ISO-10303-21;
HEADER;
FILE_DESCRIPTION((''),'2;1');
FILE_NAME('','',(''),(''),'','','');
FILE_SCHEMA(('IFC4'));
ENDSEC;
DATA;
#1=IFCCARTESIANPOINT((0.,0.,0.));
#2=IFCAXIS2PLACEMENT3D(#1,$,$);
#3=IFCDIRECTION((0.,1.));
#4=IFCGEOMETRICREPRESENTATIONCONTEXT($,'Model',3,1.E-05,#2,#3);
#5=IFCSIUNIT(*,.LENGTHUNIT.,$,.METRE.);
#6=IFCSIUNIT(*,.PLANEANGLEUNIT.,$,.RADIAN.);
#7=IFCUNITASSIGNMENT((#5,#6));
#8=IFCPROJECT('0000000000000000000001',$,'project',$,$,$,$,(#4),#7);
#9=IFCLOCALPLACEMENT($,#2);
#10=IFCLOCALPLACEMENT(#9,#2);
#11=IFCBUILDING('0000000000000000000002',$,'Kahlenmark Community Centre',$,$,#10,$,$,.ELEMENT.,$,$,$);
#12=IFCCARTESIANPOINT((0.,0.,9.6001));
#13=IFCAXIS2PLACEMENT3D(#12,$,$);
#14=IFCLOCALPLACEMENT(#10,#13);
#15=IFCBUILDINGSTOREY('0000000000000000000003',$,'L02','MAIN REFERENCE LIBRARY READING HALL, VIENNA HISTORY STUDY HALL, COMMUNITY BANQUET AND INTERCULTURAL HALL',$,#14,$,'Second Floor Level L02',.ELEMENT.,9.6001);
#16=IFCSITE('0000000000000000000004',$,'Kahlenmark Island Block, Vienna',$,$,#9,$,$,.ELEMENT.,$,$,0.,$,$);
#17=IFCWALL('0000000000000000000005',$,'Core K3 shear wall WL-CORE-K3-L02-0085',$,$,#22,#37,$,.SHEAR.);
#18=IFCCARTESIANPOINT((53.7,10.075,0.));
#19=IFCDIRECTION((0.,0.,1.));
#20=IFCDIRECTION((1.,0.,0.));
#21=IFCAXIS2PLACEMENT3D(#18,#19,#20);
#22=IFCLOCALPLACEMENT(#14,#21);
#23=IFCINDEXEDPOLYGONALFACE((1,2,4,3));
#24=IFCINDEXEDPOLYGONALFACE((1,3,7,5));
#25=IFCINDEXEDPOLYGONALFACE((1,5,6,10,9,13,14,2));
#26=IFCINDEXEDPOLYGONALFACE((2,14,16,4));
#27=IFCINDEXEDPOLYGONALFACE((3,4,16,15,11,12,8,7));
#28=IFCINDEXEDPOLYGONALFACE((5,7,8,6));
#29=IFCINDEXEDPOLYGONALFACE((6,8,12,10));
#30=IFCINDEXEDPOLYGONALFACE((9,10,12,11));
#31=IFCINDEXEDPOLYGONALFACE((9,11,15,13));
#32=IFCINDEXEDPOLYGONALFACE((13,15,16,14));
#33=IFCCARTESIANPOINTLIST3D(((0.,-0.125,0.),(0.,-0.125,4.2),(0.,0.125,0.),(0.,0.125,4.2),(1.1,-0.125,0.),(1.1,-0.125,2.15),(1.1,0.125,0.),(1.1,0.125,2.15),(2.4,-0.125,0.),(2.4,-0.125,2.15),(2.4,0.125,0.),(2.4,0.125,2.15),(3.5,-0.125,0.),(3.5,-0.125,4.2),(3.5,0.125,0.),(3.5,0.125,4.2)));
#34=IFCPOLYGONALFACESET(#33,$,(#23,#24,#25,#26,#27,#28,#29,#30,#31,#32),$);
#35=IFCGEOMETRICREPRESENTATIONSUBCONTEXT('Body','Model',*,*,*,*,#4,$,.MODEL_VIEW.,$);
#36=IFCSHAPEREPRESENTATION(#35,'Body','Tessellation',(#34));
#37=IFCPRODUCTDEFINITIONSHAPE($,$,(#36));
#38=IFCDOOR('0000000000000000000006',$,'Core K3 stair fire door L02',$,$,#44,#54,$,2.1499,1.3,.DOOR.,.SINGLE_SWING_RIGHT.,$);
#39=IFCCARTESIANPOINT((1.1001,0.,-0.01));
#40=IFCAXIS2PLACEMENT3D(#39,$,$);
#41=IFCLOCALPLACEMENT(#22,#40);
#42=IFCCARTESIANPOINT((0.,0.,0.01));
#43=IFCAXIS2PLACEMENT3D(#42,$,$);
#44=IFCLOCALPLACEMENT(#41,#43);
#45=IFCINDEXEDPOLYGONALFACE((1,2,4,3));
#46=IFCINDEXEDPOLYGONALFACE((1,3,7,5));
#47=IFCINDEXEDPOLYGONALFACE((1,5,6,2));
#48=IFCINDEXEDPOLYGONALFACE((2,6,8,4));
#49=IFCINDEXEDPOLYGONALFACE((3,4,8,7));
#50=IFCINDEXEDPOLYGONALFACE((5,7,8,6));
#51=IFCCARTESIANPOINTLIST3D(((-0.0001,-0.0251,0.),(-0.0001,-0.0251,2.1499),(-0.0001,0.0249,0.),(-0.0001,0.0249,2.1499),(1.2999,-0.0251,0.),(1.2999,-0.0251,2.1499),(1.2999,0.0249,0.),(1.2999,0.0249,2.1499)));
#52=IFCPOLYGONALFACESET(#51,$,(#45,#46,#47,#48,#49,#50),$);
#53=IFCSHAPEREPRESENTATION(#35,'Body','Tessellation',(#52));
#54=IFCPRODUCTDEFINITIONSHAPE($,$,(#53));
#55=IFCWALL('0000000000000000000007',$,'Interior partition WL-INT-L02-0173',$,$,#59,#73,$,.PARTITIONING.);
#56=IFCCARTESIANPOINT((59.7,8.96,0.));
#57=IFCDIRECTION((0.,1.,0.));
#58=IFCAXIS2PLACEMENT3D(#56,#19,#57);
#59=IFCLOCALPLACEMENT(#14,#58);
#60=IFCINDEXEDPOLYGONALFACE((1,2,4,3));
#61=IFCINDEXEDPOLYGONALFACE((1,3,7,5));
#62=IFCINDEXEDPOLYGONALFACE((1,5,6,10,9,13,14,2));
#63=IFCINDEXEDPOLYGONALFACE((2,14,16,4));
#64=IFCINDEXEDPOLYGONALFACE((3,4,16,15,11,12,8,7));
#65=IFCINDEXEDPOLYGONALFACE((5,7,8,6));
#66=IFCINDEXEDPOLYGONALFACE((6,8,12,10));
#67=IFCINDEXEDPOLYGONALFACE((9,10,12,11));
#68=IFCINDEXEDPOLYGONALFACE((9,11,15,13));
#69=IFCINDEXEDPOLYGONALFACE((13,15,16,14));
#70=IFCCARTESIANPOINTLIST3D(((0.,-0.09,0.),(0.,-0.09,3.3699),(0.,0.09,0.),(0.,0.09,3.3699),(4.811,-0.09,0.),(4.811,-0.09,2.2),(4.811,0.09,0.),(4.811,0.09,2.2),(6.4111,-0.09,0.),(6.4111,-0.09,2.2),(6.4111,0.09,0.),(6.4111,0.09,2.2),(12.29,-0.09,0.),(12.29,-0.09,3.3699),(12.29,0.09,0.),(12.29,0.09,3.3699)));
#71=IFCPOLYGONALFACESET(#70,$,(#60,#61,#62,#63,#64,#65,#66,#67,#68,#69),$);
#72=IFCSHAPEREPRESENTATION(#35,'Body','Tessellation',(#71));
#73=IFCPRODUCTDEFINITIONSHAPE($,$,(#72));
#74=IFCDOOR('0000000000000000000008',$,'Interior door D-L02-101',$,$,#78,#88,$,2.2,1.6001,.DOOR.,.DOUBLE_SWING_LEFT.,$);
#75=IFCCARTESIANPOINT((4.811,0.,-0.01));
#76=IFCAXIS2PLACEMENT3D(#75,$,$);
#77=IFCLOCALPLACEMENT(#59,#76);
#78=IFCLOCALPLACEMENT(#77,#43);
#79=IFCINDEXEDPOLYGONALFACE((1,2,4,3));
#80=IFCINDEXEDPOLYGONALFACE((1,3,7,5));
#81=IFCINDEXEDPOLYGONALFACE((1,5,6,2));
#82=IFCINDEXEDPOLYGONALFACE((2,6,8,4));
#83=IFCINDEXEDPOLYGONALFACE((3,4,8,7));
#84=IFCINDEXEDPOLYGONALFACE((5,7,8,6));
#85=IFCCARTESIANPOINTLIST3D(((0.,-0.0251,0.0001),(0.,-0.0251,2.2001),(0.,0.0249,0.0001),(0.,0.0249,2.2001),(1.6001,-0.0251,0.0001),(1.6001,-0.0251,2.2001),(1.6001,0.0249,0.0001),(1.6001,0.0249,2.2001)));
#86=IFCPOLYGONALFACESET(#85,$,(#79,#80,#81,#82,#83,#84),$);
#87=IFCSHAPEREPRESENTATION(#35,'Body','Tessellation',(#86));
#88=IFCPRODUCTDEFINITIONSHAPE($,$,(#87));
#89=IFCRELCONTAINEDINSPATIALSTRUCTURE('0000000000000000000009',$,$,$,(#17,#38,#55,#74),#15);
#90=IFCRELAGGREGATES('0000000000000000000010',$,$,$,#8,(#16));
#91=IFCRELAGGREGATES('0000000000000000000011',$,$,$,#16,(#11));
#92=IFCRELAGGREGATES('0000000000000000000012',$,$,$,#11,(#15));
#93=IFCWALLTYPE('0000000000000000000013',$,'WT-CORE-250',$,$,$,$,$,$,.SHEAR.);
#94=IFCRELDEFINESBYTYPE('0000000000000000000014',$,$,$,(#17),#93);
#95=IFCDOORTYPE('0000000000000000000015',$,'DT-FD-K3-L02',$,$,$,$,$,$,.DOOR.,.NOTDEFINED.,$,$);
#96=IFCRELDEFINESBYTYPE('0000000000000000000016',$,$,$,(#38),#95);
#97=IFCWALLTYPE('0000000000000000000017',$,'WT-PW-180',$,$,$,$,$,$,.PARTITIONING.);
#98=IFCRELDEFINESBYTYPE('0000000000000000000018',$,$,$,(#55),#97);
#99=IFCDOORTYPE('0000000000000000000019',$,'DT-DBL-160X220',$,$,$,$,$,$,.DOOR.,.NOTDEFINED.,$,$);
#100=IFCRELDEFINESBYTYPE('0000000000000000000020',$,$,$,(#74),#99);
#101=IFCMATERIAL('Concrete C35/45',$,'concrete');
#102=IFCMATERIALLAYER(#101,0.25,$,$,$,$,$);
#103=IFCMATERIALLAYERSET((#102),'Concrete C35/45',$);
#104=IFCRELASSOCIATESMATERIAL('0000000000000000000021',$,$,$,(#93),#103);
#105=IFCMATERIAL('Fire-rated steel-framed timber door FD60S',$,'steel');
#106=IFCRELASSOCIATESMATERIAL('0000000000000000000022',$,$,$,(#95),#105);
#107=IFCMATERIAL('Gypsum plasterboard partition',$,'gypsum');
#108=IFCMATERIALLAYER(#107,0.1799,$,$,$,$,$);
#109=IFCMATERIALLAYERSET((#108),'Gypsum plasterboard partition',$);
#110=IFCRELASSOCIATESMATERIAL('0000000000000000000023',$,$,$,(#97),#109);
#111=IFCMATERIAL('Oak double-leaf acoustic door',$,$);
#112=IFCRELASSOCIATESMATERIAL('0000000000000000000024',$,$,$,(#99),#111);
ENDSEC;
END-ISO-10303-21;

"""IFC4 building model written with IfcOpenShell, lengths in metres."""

from ifc_helpers import new_model, si_unit, direction, frame, frame_2d, origin, place, context, subcontext, project, spatial, rectangle, extrude, material, layer, layer_set, type_object, element, fill, save


model = new_model("IFC4")

# Units and contexts
model_context = context("Model", 3, precision=1e-05, world=origin(), true_north=direction((0.0, 1.0)))
body_context = subcontext(model_context, "Body", "Model", "MODEL_VIEW")
ifc_project = project(units=[si_unit("LENGTHUNIT", "METRE"), si_unit("PLANEANGLEUNIT", "RADIAN")], contexts=[model_context])

# Site, building, storey
site_placement = place(None, origin())
site = spatial("IfcSite", under=ifc_project, at=site_placement, Name="Kahlenmark Island Block, Vienna", CompositionType="ELEMENT", RefElevation=0.0)
building_placement = place(site_placement, origin())
building = spatial("IfcBuilding", under=site, at=building_placement, Name="Kahlenmark Community Centre", CompositionType="ELEMENT")
storey_placement = place(building_placement, frame((0.0, 0.0, 9.6001)))
storey = spatial("IfcBuildingStorey", under=building, at=storey_placement, Name="L02", Description="MAIN REFERENCE LIBRARY READING HALL, VIENNA HISTORY STUDY HALL, COMMUNITY BANQUET AND INTERCULTURAL HALL", LongName="Second Floor Level L02", CompositionType="ELEMENT", Elevation=9.6001)

# Wall, opening, door
ifc_material_1 = material(Name="Concrete C35/45", Category="concrete")
ifc_layer_1 = layer(ifc_material_1, 0.25)
ifc_layer_set_1 = layer_set([ifc_layer_1], Name="Concrete C35/45")
wall_type_1 = type_object("IfcWallType", Name="WT-CORE-250", PredefinedType="SHEAR", material=ifc_layer_set_1)
wall_1_placement = place(storey_placement, frame((53.7, 10.075, 0.0), z_axis=(0.0, 0.0, 1.0), x_axis=(1.0, 0.0, 0.0)))
wall_1 = element("IfcWall", 1, at=wall_1_placement, inside=storey, type_object=wall_type_1, Name="Core K3 shear wall WL-CORE-K3-L02-0085", PredefinedType="SHEAR", context=body_context, shape_type="SweptSolid", body=[
    extrude(rectangle(XDim=3.5, YDim=0.25, at=frame_2d((1.75, 0.0))), origin(), (0.0, 0.0, 1.0), 4.2),
])
opening_1_placement = place(wall_1_placement, frame((1.1001, 0.0, -0.01)))
opening_1 = element("IfcOpeningElement", 2, at=opening_1_placement, cuts=wall_1, PredefinedType="OPENING", context=body_context, shape_type="SweptSolid", body=[
    extrude(rectangle(XDim=1.3, YDim=2.1599, at=frame_2d((0.6499, 1.0801))), frame((0.0, 0.135, 0.0), z_axis=(0.0, -1.0, 0.0), x_axis=(1.0, 0.0, 0.0)), (0.0, 0.0, 1.0), 0.27),
])
ifc_material_2 = material(Name="Fire-rated steel-framed timber door FD60S", Category="steel")
door_type_1 = type_object("IfcDoorType", Name="DT-FD-K3-L02", OperationType="NOTDEFINED", PredefinedType="DOOR", material=ifc_material_2)
door_1_placement = place(opening_1_placement, frame((0.0, 0.0, 0.01)))
door_1 = element("IfcDoor", 3, at=door_1_placement, inside=storey, type_object=door_type_1, Name="Core K3 stair fire door L02", OperationType="SINGLE_SWING_RIGHT", OverallHeight=2.1499, OverallWidth=1.3, PredefinedType="DOOR", context=body_context, shape_type="SweptSolid", body=[
    extrude(rectangle(XDim=1.3, YDim=2.1499, at=frame_2d((0.6499, 1.075))), frame((0.0, 0.0249, 0.0), z_axis=(0.0, -1.0, 0.0), x_axis=(1.0, 0.0, 0.0)), (0.0, 0.0, 1.0), 0.05),
])
fill(opening_1, door_1)

# Wall, opening, door
ifc_material_3 = material(Name="Gypsum plasterboard partition", Category="gypsum")
ifc_layer_2 = layer(ifc_material_3, 0.1799)
ifc_layer_set_2 = layer_set([ifc_layer_2], Name="Gypsum plasterboard partition")
wall_type_2 = type_object("IfcWallType", Name="WT-PW-180", PredefinedType="PARTITIONING", material=ifc_layer_set_2)
wall_2_placement = place(storey_placement, frame((59.7, 8.96, 0.0), z_axis=(0.0, 0.0, 1.0), x_axis=(0.0, 1.0, 0.0)))
wall_2 = element("IfcWall", 4, at=wall_2_placement, inside=storey, type_object=wall_type_2, Name="Interior partition WL-INT-L02-0173", PredefinedType="PARTITIONING", context=body_context, shape_type="SweptSolid", body=[
    extrude(rectangle(XDim=12.29, YDim=0.1799, at=frame_2d((6.145, 0.0))), origin(), (0.0, 0.0, 1.0), 3.3699),
])
opening_2_placement = place(wall_2_placement, frame((4.811, 0.0, -0.01)))
opening_2 = element("IfcOpeningElement", 5, at=opening_2_placement, cuts=wall_2, PredefinedType="OPENING", context=body_context, shape_type="SweptSolid", body=[
    extrude(rectangle(XDim=1.6001, YDim=2.21, at=frame_2d((0.8, 1.105))), frame((0.0, 0.0999, 0.0), z_axis=(0.0, -1.0, 0.0), x_axis=(1.0, 0.0, 0.0)), (0.0, 0.0, 1.0), 0.2),
])
ifc_material_4 = material(Name="Oak double-leaf acoustic door")
door_type_2 = type_object("IfcDoorType", Name="DT-DBL-160X220", OperationType="NOTDEFINED", PredefinedType="DOOR", material=ifc_material_4)
door_2_placement = place(opening_2_placement, frame((0.0, 0.0, 0.01)))
door_2 = element("IfcDoor", 6, at=door_2_placement, inside=storey, type_object=door_type_2, Name="Interior door D-L02-101", OperationType="DOUBLE_SWING_LEFT", OverallHeight=2.2, OverallWidth=1.6001, PredefinedType="DOOR", context=body_context, shape_type="SweptSolid", body=[
    extrude(rectangle(XDim=1.6001, YDim=2.2, at=frame_2d((0.8, 1.1001))), frame((0.0, 0.0249, 0.0), z_axis=(0.0, -1.0, 0.0), x_axis=(1.0, 0.0, 0.0)), (0.0, 0.0, 1.0), 0.05),
])
fill(opening_2, door_2)

save(model, "model.ifc")
